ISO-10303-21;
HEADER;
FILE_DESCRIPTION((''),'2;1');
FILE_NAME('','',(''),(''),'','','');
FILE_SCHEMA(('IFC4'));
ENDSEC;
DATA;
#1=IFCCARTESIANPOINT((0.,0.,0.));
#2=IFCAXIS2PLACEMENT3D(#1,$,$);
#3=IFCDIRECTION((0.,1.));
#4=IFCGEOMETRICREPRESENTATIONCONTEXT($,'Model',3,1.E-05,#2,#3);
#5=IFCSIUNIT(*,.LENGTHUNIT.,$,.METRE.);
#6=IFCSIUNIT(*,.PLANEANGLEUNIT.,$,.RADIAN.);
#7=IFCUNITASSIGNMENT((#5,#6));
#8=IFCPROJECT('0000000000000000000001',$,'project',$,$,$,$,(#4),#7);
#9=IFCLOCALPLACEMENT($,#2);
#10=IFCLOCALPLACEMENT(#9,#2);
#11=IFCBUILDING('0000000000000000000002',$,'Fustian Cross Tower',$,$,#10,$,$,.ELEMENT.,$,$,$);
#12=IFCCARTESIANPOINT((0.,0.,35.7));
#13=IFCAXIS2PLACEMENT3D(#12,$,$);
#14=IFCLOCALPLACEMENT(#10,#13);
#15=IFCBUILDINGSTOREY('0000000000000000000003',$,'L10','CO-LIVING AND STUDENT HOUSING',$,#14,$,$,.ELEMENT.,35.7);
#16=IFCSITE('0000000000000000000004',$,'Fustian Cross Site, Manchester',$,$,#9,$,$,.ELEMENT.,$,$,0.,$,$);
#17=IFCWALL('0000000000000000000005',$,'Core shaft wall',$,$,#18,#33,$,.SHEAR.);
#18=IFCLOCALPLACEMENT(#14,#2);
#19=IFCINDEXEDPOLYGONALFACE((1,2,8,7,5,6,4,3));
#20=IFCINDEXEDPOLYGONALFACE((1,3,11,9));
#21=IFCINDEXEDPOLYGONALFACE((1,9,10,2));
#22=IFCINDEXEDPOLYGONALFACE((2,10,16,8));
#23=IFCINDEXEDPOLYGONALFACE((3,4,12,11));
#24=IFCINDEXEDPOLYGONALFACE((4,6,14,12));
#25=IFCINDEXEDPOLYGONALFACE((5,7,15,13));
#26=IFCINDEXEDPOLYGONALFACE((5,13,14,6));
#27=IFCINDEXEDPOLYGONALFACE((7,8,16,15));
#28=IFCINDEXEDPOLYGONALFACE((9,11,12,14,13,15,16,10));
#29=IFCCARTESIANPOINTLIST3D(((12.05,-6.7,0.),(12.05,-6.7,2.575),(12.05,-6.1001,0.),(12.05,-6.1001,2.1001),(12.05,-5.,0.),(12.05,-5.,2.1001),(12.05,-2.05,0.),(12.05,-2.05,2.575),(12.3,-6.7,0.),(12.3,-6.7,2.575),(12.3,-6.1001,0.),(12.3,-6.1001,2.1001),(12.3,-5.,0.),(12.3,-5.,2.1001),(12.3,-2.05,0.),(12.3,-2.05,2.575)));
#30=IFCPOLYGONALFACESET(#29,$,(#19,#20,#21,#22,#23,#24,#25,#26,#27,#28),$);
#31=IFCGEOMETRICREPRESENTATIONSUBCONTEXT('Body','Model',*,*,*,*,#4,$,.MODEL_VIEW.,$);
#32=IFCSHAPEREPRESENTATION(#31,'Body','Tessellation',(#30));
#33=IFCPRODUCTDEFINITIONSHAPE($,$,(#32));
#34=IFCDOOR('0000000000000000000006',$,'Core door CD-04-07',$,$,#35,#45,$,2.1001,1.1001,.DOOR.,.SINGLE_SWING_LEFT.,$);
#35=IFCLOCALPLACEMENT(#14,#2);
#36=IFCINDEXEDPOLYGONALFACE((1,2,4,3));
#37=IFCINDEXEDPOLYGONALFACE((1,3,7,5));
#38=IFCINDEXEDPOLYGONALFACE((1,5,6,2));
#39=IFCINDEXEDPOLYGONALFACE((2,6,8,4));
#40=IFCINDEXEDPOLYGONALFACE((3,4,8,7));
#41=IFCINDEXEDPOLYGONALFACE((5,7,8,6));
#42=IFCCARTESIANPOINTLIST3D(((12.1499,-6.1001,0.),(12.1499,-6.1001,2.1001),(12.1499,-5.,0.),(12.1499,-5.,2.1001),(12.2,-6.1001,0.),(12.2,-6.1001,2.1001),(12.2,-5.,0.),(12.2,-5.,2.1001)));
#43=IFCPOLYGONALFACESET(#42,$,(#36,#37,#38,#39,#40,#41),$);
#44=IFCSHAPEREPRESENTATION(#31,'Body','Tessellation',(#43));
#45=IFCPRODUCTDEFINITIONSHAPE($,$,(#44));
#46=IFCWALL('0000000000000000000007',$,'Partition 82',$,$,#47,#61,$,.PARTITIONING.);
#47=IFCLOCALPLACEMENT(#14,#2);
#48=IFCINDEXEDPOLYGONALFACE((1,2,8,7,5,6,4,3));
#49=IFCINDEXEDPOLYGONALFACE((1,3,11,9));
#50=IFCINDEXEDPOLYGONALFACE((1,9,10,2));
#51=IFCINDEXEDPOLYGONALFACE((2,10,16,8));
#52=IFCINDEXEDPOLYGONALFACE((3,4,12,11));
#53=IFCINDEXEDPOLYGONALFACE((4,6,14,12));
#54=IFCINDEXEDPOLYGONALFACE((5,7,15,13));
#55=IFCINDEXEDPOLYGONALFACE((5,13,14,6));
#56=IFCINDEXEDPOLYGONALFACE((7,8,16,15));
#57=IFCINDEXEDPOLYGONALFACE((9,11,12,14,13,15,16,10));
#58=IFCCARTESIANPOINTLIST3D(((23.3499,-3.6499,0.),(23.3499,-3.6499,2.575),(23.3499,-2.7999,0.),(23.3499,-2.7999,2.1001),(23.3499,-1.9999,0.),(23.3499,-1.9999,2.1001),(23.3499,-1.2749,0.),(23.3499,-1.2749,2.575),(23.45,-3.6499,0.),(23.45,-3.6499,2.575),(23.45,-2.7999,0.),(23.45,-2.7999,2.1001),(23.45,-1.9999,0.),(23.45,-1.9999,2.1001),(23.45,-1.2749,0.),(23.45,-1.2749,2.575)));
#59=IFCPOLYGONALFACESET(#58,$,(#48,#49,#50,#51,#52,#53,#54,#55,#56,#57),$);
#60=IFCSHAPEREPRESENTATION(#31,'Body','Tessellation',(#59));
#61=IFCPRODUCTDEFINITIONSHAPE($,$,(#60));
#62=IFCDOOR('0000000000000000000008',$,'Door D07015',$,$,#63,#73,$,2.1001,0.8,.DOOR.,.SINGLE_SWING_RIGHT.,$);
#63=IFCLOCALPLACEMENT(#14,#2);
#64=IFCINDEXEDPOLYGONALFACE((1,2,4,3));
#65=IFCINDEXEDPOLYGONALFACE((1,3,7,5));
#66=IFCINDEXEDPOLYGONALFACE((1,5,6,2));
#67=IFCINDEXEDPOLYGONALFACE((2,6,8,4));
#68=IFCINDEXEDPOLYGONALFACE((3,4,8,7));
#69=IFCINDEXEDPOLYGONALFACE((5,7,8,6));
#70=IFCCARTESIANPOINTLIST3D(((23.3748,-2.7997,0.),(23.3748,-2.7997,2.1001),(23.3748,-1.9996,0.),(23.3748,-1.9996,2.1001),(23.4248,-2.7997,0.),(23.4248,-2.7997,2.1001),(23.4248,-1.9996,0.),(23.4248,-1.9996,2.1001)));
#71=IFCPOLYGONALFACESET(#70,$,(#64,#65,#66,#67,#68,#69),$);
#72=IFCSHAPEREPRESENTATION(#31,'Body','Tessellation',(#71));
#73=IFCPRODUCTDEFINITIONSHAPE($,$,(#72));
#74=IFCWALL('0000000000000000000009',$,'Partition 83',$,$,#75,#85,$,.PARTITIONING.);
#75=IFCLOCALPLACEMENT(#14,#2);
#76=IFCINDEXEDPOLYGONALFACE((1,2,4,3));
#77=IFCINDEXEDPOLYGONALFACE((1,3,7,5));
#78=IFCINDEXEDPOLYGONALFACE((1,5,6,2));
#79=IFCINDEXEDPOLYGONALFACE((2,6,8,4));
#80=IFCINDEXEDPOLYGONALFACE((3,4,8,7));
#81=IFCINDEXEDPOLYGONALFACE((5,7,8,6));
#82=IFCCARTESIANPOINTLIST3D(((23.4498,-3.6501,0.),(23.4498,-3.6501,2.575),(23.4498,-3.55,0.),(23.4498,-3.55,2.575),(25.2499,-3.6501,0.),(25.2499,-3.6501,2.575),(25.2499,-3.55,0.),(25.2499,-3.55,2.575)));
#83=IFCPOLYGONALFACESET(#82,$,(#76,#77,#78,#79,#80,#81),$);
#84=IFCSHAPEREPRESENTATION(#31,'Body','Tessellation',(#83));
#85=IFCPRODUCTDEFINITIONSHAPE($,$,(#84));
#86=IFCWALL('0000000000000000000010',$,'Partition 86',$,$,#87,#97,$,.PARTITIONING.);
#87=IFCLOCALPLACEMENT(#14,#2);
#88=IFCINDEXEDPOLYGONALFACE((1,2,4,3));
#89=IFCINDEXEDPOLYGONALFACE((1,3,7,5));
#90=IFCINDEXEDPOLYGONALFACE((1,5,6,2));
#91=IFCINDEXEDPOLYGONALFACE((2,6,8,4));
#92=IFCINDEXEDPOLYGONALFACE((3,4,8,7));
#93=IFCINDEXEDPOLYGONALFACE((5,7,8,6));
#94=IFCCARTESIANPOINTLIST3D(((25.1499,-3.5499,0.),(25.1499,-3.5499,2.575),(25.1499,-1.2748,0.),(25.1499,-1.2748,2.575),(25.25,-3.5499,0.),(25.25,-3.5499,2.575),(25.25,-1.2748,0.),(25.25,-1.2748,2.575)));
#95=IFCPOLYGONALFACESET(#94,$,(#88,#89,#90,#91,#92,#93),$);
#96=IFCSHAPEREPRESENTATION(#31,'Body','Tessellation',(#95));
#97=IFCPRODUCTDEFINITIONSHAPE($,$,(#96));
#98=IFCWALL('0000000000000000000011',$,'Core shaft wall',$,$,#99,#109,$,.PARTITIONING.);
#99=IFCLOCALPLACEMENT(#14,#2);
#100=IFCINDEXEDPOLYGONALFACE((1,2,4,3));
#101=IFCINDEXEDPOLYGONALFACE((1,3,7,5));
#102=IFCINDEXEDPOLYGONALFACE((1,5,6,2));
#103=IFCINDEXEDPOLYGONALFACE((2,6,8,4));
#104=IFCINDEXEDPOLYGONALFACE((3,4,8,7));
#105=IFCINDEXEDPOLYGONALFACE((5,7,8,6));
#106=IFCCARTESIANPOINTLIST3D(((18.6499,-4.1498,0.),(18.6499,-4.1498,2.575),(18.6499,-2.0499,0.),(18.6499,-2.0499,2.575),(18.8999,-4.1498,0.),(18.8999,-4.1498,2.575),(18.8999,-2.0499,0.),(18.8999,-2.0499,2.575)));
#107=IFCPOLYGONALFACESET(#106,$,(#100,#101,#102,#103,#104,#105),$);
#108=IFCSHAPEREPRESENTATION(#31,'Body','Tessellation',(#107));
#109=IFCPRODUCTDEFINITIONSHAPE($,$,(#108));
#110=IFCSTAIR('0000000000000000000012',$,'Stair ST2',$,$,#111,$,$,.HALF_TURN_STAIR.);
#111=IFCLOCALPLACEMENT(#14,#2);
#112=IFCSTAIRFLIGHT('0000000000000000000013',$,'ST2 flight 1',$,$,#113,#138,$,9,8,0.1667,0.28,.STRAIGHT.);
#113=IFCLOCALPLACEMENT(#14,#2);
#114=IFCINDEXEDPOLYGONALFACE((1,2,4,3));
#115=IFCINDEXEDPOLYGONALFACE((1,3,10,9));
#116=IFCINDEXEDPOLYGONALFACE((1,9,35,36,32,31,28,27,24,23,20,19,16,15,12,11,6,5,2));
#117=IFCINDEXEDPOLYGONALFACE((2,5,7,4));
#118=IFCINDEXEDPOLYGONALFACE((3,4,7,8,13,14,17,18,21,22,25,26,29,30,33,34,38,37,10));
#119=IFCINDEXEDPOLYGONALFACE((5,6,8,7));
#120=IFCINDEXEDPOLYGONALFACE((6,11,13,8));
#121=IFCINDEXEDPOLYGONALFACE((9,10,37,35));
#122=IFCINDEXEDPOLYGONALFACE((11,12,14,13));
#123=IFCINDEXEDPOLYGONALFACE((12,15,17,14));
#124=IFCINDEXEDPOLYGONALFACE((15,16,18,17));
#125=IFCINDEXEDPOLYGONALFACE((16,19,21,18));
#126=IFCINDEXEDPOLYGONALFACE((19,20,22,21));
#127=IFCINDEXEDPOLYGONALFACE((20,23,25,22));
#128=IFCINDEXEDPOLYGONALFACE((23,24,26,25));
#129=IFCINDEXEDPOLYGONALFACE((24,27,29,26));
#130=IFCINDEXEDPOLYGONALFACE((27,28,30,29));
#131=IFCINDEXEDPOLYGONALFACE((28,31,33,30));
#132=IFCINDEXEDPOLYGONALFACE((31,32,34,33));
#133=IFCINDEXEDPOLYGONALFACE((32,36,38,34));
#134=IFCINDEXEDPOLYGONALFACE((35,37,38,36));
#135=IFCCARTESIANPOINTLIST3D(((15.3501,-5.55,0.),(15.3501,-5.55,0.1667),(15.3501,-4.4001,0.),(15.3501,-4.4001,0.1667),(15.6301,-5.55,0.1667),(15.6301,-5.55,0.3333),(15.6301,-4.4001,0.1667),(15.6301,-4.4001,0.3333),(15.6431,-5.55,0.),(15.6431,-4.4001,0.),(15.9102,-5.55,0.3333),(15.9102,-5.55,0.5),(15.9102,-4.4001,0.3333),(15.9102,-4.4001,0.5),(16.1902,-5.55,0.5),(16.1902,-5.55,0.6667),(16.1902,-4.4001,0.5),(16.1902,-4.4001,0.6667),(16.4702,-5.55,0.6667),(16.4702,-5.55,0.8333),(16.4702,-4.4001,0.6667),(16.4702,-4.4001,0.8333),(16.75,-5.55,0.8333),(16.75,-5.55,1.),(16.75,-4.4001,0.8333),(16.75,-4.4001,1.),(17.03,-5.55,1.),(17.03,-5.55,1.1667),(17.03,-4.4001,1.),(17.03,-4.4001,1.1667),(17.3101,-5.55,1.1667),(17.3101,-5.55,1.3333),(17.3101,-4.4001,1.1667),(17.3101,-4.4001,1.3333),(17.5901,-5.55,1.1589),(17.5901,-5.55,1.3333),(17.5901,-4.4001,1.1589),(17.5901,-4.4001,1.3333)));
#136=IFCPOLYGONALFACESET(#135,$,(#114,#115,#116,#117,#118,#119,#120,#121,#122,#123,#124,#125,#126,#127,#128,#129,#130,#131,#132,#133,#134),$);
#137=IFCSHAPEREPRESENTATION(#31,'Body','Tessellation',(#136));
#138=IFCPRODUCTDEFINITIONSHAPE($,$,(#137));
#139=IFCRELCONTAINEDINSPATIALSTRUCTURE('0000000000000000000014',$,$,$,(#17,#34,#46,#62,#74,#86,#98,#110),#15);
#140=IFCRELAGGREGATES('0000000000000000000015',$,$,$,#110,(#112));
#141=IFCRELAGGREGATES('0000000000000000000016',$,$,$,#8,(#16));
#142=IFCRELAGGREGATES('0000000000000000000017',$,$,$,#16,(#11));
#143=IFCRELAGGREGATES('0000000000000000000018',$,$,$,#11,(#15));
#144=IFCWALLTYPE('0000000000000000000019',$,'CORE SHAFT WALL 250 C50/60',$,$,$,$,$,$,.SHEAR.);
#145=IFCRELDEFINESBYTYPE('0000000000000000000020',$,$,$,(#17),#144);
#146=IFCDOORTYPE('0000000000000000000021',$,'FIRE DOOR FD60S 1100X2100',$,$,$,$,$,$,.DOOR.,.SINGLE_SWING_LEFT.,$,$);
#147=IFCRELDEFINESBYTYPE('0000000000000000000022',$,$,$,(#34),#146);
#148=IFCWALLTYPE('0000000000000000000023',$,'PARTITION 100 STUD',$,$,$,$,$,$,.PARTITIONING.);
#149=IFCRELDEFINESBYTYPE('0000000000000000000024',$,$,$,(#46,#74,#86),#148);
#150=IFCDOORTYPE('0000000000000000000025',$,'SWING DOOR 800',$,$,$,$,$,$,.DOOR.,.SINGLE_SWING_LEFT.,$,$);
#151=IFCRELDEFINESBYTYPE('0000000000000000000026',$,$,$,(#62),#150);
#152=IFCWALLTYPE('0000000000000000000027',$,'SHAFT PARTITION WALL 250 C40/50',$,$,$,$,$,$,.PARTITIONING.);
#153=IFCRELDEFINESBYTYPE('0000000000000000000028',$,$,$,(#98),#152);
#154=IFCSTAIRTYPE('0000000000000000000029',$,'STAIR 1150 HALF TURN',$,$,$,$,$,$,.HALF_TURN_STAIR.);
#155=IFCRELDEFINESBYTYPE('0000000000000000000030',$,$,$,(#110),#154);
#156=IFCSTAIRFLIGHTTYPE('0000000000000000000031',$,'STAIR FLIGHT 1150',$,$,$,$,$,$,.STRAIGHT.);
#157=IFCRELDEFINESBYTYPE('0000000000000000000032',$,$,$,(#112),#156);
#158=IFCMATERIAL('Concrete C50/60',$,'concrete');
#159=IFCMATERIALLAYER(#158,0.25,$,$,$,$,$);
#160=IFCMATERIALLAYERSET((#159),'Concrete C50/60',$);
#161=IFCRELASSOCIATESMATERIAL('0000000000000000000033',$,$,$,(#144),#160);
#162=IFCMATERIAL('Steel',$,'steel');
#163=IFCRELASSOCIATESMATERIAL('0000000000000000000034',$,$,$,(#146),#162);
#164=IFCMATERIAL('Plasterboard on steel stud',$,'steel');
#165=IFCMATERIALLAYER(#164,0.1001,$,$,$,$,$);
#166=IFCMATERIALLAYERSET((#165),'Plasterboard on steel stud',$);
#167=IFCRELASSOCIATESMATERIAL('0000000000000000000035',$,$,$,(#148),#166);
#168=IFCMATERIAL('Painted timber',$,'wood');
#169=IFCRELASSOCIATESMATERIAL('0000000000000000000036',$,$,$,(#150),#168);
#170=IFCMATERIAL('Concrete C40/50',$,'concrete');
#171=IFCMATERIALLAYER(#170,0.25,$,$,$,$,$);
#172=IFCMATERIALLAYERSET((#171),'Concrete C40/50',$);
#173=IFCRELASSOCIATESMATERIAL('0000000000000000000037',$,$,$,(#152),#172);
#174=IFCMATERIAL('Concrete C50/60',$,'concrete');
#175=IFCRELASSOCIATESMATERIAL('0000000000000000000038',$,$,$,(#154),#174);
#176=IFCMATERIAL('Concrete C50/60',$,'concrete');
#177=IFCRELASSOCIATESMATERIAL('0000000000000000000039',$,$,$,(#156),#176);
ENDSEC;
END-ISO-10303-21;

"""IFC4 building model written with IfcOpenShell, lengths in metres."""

from ifc_helpers import new_model, si_unit, direction, frame, frame_2d, origin, place, context, subcontext, project, spatial, polyline, rectangle, outline, extrude, material, layer, layer_set, type_object, element, fill, aggregate, save


model = new_model("IFC4")

# Units and contexts
model_context = context("Model", 3, precision=1e-05, world=origin(), true_north=direction((0.0, 1.0)))
body_context = subcontext(model_context, "Body", "Model", "MODEL_VIEW")
ifc_project = project(units=[si_unit("LENGTHUNIT", "METRE"), si_unit("PLANEANGLEUNIT", "RADIAN")], contexts=[model_context])

# Site, building, storey
site_placement = place(None, origin())
site = spatial("IfcSite", under=ifc_project, at=site_placement, Name="Fustian Cross Site, Manchester", CompositionType="ELEMENT", RefElevation=0.0)
building_placement = place(site_placement, origin())
building = spatial("IfcBuilding", under=site, at=building_placement, Name="Fustian Cross Tower", CompositionType="ELEMENT")
storey_placement = place(building_placement, frame((0.0, 0.0, 35.7)))
storey = spatial("IfcBuildingStorey", under=building, at=storey_placement, Name="L10", Description="CO-LIVING AND STUDENT HOUSING", CompositionType="ELEMENT", Elevation=35.7)

# Shared definitions
ifc_material_1 = material(Name="Concrete C50/60", Category="concrete")
ifc_layer_1 = layer(ifc_material_1, 0.25)
ifc_layer_set_1 = layer_set([ifc_layer_1], Name="Concrete C50/60")
wall_type_1 = type_object("IfcWallType", Name="CORE SHAFT WALL 250 C50/60", PredefinedType="SHEAR", material=ifc_layer_set_1)

# Walls, openings, doors
wall_1_placement = place(storey_placement, frame((12.175, -2.05, 0.0), z_axis=(0.0, 0.0, 1.0), x_axis=(0.0, -1.0, 0.0)))
wall_1 = element("IfcWall", 1, at=wall_1_placement, inside=storey, type_object=wall_type_1, Name="Core shaft wall", PredefinedType="SHEAR", context=body_context, shape_type="SweptSolid", body=[
    extrude(rectangle(XDim=4.6499, YDim=0.25, at=frame_2d((2.325, 0.0))), origin(), (0.0, 0.0, 1.0), 2.575),
])
opening_1_placement = place(wall_1_placement, frame((2.95, 0.0, 0.0)))
opening_1 = element("IfcOpeningElement", 2, at=opening_1_placement, cuts=wall_1, PredefinedType="OPENING", context=body_context, shape_type="SweptSolid", body=[
    extrude(rectangle(XDim=1.1001, YDim=2.1001, at=frame_2d((0.55, 1.05))), frame((0.0, 0.135, 0.0), z_axis=(0.0, -1.0, 0.0), x_axis=(1.0, 0.0, 0.0)), (0.0, 0.0, 1.0), 0.27),
])
ifc_material_2 = material(Name="Steel", Category="steel")
door_type_1 = type_object("IfcDoorType", Name="FIRE DOOR FD60S 1100X2100", OperationType="SINGLE_SWING_LEFT", PredefinedType="DOOR", material=ifc_material_2)
door_1_placement = place(opening_1_placement, origin())
door_1 = element("IfcDoor", 3, at=door_1_placement, inside=storey, type_object=door_type_1, Name="Core door CD-04-07", OperationType="SINGLE_SWING_LEFT", OverallHeight=2.1001, OverallWidth=1.1001, PredefinedType="DOOR", context=body_context, shape_type="SweptSolid", body=[
    extrude(rectangle(XDim=1.1001, YDim=2.1001, at=frame_2d((0.55, 1.05))), frame((0.0, 0.0249, 0.0), z_axis=(0.0, -1.0, 0.0), x_axis=(1.0, 0.0, 0.0)), (0.0, 0.0, 1.0), 0.05),
])
fill(opening_1, door_1)
ifc_material_3 = material(Name="Plasterboard on steel stud", Category="steel")
ifc_layer_2 = layer(ifc_material_3, 0.1001)
ifc_layer_set_2 = layer_set([ifc_layer_2], Name="Plasterboard on steel stud")
wall_type_2 = type_object("IfcWallType", Name="PARTITION 100 STUD", PredefinedType="PARTITIONING", material=ifc_layer_set_2)
wall_2_placement = place(storey_placement, frame((23.3999, -3.6499, 0.0), z_axis=(0.0, 0.0, 1.0), x_axis=(0.0, 1.0, 0.0)))
wall_2 = element("IfcWall", 4, at=wall_2_placement, inside=storey, type_object=wall_type_2, Name="Partition 82", PredefinedType="PARTITIONING", context=body_context, shape_type="SweptSolid", body=[
    extrude(rectangle(XDim=2.375, YDim=0.1001, at=frame_2d((1.1875, 0.0))), origin(), (0.0, 0.0, 1.0), 2.575),
])
opening_2_placement = place(wall_2_placement, frame((0.8501, 0.0, 0.0)))
opening_2 = element("IfcOpeningElement", 5, at=opening_2_placement, cuts=wall_2, PredefinedType="OPENING", context=body_context, shape_type="SweptSolid", body=[
    extrude(rectangle(XDim=0.8, YDim=2.1001, at=frame_2d((0.3999, 1.05))), frame((0.0, 0.0601, 0.0), z_axis=(0.0, -1.0, 0.0), x_axis=(1.0, 0.0, 0.0)), (0.0, 0.0, 1.0), 0.1201),
])
ifc_material_4 = material(Name="Painted timber", Category="wood")
door_type_2 = type_object("IfcDoorType", Name="SWING DOOR 800", OperationType="SINGLE_SWING_LEFT", PredefinedType="DOOR", material=ifc_material_4)
door_2_placement = place(opening_2_placement, frame((0.8, 0.0, 0.0), z_axis=(0.0, 0.0, 1.0), x_axis=(-1.0, 0.0, 0.0)))
door_2 = element("IfcDoor", 6, at=door_2_placement, inside=storey, type_object=door_type_2, Name="Door D07015", OperationType="SINGLE_SWING_RIGHT", OverallHeight=2.1001, OverallWidth=0.8, PredefinedType="DOOR", context=body_context, shape_type="SweptSolid", body=[
    extrude(rectangle(XDim=0.8, YDim=2.1001, at=frame_2d((0.3999, 1.05))), frame((0.0, 0.0249, 0.0), z_axis=(0.0, -1.0, 0.0), x_axis=(1.0, 0.0, 0.0)), (0.0, 0.0, 1.0), 0.05),
])
fill(opening_2, door_2)

# Walls
wall_3_placement = place(storey_placement, frame((23.45, -3.6001, 0.0), z_axis=(0.0, 0.0, 1.0), x_axis=(1.0, 0.0, 0.0)))
element("IfcWall", 7, at=wall_3_placement, inside=storey, type_object=wall_type_2, Name="Partition 83", PredefinedType="PARTITIONING", context=body_context, shape_type="SweptSolid", body=[
    extrude(rectangle(XDim=1.8, YDim=0.1001, at=frame_2d((0.8999, 0.0))), origin(), (0.0, 0.0, 1.0), 2.575),
])
wall_4_placement = place(storey_placement, frame((25.2, -3.55, 0.0), z_axis=(0.0, 0.0, 1.0), x_axis=(0.0, 1.0, 0.0)))
element("IfcWall", 8, at=wall_4_placement, inside=storey, type_object=wall_type_2, Name="Partition 86", PredefinedType="PARTITIONING", context=body_context, shape_type="SweptSolid", body=[
    extrude(rectangle(XDim=2.2751, YDim=0.1001, at=frame_2d((1.1377, 0.0))), origin(), (0.0, 0.0, 1.0), 2.575),
])
ifc_material_5 = material(Name="Concrete C40/50", Category="concrete")
ifc_layer_3 = layer(ifc_material_5, 0.25)
ifc_layer_set_3 = layer_set([ifc_layer_3], Name="Concrete C40/50")
wall_type_3 = type_object("IfcWallType", Name="SHAFT PARTITION WALL 250 C40/50", PredefinedType="PARTITIONING", material=ifc_layer_set_3)
wall_5_placement = place(storey_placement, frame((18.7749, -2.05, 0.0), z_axis=(0.0, 0.0, 1.0), x_axis=(0.0, -1.0, 0.0)))
element("IfcWall", 9, at=wall_5_placement, inside=storey, type_object=wall_type_3, Name="Core shaft wall", PredefinedType="PARTITIONING", context=body_context, shape_type="SweptSolid", body=[
    extrude(rectangle(XDim=2.0999, YDim=0.25, at=frame_2d((1.0498, 0.0))), origin(), (0.0, 0.0, 1.0), 2.575),
])

# Stair, stair flight
ifc_material_6 = material(Name="Concrete C50/60", Category="concrete")
stair_type = type_object("IfcStairType", Name="STAIR 1150 HALF TURN", PredefinedType="HALF_TURN_STAIR", material=ifc_material_6)
stair_placement = place(storey_placement, origin())
stair = element("IfcStair", 10, at=stair_placement, inside=storey, type_object=stair_type, Name="Stair ST2", PredefinedType="HALF_TURN_STAIR")
ifc_material_7 = material(Name="Concrete C50/60", Category="concrete")
stair_flight_type = type_object("IfcStairFlightType", Name="STAIR FLIGHT 1150", PredefinedType="STRAIGHT", material=ifc_material_7)
stair_flight_placement = place(storey_placement, frame((15.3501, -4.9751, 0.0), z_axis=(0.0, 0.0, 1.0), x_axis=(1.0, 0.0, 0.0)))
stair_flight = element("IfcStairFlight", 11, at=stair_flight_placement, type_object=stair_flight_type, Name="ST2 flight 1", NumberOfRisers=9, NumberOfTreads=8, PredefinedType="STRAIGHT", RiserHeight=0.1667, TreadLength=0.28, context=body_context, shape_type="SweptSolid", body=[
    extrude(outline(polyline([(0.0, 0.0), (0.0, 0.1667), (0.28, 0.1667), (0.28, 0.3333), (0.5601, 0.3333), (0.5601, 0.5), (0.8401, 0.5), (0.8401, 0.6667), (1.1201, 0.6667), (1.1201, 0.8333), (1.3999, 0.8333), (1.3999, 1.0), (1.6799, 1.0), (1.6799, 1.1667), (1.96, 1.1667), (1.96, 1.3333), (2.24, 1.3333), (2.24, 1.5), (2.24, 1.1589), (0.293, 0.0), (0.0, 0.0)])), frame((0.0, 0.575, 0.0), z_axis=(0.0, -1.0, 0.0), x_axis=(1.0, 0.0, 0.0)), (0.0, 0.0, 1.0), 1.1499),
])
aggregate(stair, [stair_flight])

save(model, "model.ifc")
